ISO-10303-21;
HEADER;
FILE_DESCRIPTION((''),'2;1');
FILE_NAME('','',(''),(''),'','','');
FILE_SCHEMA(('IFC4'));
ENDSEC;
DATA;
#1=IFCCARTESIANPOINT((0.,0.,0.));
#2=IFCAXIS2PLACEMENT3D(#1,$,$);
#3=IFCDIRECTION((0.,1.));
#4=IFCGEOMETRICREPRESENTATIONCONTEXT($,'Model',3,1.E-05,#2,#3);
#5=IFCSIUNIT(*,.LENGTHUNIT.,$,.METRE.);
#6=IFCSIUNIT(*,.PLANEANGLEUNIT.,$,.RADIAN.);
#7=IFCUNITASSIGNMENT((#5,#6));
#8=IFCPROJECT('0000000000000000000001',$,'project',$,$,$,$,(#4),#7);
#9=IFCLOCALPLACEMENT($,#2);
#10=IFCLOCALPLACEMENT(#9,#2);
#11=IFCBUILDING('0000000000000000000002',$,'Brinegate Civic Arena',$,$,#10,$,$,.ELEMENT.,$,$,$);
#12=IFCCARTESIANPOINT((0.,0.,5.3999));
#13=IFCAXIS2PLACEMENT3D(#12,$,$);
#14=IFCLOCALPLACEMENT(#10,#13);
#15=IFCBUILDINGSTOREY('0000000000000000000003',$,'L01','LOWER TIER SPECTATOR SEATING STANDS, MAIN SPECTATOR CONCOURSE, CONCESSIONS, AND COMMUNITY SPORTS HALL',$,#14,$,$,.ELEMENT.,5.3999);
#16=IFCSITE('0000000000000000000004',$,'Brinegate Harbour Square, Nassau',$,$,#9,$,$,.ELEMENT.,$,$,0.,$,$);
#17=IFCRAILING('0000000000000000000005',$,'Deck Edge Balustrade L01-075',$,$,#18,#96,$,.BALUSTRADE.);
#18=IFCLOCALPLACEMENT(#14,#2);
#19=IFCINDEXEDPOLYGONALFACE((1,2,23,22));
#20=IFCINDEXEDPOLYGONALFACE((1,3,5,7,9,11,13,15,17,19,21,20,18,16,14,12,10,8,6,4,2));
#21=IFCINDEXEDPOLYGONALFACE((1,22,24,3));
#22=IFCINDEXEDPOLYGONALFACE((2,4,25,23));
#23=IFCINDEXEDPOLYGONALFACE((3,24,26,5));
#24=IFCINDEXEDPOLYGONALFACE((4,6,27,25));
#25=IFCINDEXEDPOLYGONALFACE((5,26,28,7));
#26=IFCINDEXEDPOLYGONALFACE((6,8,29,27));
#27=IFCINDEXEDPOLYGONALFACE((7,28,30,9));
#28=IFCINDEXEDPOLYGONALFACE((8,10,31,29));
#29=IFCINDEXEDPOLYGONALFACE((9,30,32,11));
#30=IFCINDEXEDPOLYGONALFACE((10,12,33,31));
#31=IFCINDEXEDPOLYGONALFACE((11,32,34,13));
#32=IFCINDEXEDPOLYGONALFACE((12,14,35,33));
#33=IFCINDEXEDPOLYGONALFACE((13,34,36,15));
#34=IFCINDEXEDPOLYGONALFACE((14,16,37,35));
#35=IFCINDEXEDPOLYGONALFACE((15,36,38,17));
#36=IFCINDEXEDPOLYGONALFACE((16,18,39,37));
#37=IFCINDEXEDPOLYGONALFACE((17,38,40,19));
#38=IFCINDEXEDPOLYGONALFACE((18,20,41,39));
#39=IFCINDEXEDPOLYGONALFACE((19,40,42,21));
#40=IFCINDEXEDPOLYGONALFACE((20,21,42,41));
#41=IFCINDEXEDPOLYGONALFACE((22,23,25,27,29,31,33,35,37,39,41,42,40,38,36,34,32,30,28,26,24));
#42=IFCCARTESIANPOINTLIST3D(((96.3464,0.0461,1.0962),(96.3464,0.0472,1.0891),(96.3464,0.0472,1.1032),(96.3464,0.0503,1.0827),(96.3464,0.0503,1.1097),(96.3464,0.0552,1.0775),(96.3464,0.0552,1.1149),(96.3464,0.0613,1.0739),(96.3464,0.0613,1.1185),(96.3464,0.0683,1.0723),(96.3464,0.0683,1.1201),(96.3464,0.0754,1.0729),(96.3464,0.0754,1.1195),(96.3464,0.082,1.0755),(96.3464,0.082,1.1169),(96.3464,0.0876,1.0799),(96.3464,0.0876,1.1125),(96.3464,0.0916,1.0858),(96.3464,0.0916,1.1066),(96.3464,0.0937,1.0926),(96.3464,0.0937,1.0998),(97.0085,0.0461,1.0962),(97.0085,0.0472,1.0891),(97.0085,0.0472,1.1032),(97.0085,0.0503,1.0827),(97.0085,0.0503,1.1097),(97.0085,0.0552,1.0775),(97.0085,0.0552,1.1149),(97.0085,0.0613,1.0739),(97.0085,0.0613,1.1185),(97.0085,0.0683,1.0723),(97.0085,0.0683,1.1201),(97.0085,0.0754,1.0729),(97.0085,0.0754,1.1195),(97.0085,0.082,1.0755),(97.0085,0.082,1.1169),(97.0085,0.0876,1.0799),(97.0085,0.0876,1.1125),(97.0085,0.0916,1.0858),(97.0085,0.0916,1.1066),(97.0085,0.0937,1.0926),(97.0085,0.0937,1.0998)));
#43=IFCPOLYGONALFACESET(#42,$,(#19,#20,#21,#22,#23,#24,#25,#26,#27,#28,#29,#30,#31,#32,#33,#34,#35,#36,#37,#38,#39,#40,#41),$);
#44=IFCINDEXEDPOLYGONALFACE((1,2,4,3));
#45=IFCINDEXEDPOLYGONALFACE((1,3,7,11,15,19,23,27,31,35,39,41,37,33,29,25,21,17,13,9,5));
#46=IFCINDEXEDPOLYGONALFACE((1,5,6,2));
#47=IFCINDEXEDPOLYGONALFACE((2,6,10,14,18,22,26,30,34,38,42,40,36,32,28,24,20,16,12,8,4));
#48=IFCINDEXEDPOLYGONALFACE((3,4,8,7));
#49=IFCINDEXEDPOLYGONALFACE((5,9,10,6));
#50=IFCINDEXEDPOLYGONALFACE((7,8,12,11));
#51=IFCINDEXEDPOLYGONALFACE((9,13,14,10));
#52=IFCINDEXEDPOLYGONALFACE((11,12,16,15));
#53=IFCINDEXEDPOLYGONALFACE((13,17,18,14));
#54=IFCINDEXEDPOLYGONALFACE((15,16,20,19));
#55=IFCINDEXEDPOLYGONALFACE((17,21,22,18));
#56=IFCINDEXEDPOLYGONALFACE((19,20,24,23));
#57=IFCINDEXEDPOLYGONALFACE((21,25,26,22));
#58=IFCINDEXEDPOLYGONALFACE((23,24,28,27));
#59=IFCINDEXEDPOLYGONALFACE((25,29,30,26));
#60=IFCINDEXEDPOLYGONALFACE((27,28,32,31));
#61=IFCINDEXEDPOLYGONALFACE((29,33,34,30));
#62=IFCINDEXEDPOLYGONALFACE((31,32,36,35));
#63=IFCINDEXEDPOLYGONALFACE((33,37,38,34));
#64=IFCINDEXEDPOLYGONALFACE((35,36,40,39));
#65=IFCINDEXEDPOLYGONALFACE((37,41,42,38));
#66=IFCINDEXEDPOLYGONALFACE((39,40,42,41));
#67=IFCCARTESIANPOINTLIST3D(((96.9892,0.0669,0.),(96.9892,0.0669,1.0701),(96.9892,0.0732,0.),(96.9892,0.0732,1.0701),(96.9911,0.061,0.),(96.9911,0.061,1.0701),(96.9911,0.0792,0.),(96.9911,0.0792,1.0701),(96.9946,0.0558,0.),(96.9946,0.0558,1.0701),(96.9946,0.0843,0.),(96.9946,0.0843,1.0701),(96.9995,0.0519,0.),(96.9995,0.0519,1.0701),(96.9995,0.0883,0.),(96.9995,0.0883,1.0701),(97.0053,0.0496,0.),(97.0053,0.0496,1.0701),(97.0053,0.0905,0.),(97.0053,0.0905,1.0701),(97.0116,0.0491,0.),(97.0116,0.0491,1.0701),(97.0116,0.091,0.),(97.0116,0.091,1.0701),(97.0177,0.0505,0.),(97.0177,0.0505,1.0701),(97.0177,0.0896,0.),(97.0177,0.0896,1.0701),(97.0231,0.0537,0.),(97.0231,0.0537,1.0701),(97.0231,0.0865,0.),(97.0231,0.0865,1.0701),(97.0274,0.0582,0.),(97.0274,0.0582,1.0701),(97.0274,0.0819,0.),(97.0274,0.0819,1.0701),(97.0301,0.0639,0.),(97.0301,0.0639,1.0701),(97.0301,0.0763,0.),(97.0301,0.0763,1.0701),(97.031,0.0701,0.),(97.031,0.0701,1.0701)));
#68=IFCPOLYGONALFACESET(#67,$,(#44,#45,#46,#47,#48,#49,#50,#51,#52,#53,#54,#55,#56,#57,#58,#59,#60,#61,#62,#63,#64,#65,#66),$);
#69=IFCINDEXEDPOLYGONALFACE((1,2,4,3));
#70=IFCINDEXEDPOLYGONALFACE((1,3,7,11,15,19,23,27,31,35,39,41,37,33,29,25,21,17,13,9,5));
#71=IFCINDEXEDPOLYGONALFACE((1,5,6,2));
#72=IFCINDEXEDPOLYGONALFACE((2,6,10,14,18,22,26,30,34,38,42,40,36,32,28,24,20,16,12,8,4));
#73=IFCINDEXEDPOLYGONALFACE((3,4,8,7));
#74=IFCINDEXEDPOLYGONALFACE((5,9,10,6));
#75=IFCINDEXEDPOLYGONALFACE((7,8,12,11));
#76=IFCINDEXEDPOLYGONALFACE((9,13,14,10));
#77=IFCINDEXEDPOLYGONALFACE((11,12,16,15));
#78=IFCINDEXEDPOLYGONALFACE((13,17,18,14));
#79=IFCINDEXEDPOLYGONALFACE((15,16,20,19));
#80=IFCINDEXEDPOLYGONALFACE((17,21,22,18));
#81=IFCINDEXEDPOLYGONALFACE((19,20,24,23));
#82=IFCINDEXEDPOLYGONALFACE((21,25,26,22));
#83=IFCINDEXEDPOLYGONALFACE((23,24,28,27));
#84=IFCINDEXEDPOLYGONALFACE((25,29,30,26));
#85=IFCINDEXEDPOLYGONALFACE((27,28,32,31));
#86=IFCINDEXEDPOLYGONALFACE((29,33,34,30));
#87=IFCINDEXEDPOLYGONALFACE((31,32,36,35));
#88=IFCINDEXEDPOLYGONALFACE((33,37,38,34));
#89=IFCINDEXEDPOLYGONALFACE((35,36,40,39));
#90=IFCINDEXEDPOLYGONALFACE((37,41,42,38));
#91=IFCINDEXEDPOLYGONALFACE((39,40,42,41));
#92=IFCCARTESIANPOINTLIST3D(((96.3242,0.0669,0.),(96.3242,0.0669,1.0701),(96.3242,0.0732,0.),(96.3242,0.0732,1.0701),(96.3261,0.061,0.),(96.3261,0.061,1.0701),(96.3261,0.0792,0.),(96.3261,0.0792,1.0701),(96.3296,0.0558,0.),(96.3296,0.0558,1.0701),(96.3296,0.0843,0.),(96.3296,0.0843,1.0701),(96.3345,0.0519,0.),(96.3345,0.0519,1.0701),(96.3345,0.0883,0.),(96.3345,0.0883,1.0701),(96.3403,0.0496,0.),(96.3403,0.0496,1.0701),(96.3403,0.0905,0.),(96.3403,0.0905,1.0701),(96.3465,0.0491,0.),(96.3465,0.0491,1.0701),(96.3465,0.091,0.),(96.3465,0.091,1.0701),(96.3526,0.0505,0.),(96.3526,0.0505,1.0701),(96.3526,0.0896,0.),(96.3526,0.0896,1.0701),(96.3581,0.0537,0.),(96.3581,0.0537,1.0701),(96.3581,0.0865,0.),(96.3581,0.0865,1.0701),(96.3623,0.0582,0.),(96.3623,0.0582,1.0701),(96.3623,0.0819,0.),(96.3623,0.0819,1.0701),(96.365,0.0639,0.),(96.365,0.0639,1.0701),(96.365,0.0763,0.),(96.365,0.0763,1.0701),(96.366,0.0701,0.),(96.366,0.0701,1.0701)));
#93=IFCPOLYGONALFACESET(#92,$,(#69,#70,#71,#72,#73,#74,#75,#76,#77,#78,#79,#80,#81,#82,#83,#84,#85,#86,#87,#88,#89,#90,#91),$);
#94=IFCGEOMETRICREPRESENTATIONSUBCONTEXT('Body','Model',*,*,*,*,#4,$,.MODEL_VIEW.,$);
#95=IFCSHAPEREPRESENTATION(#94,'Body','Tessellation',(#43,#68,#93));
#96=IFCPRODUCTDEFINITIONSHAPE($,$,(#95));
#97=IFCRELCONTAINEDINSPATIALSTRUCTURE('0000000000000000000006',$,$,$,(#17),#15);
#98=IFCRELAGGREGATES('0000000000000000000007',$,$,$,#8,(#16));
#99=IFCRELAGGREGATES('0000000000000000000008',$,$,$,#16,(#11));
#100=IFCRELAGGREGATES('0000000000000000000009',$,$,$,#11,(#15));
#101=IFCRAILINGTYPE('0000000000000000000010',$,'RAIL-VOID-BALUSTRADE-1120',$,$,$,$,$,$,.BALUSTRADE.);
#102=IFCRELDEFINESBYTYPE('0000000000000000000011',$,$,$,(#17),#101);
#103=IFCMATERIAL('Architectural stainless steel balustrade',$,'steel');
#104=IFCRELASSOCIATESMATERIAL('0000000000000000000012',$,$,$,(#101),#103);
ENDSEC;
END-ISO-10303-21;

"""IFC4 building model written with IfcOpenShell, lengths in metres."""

from ifc_helpers import new_model, si_unit, direction, frame, origin, origin_2d, place, context, subcontext, project, spatial, circle, extrude, material, type_object, element, save


model = new_model("IFC4")

# Units and contexts
model_context = context("Model", 3, precision=1e-05, world=origin(), true_north=direction((0.0, 1.0)))
body_context = subcontext(model_context, "Body", "Model", "MODEL_VIEW")
ifc_project = project(units=[si_unit("LENGTHUNIT", "METRE"), si_unit("PLANEANGLEUNIT", "RADIAN")], contexts=[model_context])

# Site, building, storey
site_placement = place(None, origin())
site = spatial("IfcSite", under=ifc_project, at=site_placement, Name="Brinegate Harbour Square, Nassau", CompositionType="ELEMENT", RefElevation=0.0)
building_placement = place(site_placement, origin())
building = spatial("IfcBuilding", under=site, at=building_placement, Name="Brinegate Civic Arena", CompositionType="ELEMENT")
storey_placement = place(building_placement, frame((0.0, 0.0, 5.3999)))
storey = spatial("IfcBuildingStorey", under=building, at=storey_placement, Name="L01", Description="LOWER TIER SPECTATOR SEATING STANDS, MAIN SPECTATOR CONCOURSE, CONCESSIONS, AND COMMUNITY SPORTS HALL", CompositionType="ELEMENT", Elevation=5.3999)

# Railing
ifc_material_1 = material(Name="Architectural stainless steel balustrade", Category="steel")
railing_type = type_object("IfcRailingType", Name="RAIL-VOID-BALUSTRADE-1120", PredefinedType="BALUSTRADE", material=ifc_material_1)
railing_placement = place(storey_placement, frame((97.01, 0.0701, 0.0)))
element("IfcRailing", 1, at=railing_placement, inside=storey, type_object=railing_type, Name="Deck Edge Balustrade L01-075", PredefinedType="BALUSTRADE", context=body_context, shape_type="SweptSolid", body=[
    extrude(circle(Radius=0.0239, at=origin_2d()), frame((-0.0015, 0.0, 1.0962), z_axis=(-1.0, 0.0, 0.0), x_axis=(0.0, -1.0, 0.0)), (0.0, 0.0, 1.0), 0.6621),
    extrude(circle(Radius=0.021, at=origin_2d()), origin(), (0.0, 0.0, 1.0), 1.0701),
    extrude(circle(Radius=0.021, at=origin_2d()), frame((-0.665, 0.0, 0.0)), (0.0, 0.0, 1.0), 1.0701),
])

save(model, "model.ifc")
